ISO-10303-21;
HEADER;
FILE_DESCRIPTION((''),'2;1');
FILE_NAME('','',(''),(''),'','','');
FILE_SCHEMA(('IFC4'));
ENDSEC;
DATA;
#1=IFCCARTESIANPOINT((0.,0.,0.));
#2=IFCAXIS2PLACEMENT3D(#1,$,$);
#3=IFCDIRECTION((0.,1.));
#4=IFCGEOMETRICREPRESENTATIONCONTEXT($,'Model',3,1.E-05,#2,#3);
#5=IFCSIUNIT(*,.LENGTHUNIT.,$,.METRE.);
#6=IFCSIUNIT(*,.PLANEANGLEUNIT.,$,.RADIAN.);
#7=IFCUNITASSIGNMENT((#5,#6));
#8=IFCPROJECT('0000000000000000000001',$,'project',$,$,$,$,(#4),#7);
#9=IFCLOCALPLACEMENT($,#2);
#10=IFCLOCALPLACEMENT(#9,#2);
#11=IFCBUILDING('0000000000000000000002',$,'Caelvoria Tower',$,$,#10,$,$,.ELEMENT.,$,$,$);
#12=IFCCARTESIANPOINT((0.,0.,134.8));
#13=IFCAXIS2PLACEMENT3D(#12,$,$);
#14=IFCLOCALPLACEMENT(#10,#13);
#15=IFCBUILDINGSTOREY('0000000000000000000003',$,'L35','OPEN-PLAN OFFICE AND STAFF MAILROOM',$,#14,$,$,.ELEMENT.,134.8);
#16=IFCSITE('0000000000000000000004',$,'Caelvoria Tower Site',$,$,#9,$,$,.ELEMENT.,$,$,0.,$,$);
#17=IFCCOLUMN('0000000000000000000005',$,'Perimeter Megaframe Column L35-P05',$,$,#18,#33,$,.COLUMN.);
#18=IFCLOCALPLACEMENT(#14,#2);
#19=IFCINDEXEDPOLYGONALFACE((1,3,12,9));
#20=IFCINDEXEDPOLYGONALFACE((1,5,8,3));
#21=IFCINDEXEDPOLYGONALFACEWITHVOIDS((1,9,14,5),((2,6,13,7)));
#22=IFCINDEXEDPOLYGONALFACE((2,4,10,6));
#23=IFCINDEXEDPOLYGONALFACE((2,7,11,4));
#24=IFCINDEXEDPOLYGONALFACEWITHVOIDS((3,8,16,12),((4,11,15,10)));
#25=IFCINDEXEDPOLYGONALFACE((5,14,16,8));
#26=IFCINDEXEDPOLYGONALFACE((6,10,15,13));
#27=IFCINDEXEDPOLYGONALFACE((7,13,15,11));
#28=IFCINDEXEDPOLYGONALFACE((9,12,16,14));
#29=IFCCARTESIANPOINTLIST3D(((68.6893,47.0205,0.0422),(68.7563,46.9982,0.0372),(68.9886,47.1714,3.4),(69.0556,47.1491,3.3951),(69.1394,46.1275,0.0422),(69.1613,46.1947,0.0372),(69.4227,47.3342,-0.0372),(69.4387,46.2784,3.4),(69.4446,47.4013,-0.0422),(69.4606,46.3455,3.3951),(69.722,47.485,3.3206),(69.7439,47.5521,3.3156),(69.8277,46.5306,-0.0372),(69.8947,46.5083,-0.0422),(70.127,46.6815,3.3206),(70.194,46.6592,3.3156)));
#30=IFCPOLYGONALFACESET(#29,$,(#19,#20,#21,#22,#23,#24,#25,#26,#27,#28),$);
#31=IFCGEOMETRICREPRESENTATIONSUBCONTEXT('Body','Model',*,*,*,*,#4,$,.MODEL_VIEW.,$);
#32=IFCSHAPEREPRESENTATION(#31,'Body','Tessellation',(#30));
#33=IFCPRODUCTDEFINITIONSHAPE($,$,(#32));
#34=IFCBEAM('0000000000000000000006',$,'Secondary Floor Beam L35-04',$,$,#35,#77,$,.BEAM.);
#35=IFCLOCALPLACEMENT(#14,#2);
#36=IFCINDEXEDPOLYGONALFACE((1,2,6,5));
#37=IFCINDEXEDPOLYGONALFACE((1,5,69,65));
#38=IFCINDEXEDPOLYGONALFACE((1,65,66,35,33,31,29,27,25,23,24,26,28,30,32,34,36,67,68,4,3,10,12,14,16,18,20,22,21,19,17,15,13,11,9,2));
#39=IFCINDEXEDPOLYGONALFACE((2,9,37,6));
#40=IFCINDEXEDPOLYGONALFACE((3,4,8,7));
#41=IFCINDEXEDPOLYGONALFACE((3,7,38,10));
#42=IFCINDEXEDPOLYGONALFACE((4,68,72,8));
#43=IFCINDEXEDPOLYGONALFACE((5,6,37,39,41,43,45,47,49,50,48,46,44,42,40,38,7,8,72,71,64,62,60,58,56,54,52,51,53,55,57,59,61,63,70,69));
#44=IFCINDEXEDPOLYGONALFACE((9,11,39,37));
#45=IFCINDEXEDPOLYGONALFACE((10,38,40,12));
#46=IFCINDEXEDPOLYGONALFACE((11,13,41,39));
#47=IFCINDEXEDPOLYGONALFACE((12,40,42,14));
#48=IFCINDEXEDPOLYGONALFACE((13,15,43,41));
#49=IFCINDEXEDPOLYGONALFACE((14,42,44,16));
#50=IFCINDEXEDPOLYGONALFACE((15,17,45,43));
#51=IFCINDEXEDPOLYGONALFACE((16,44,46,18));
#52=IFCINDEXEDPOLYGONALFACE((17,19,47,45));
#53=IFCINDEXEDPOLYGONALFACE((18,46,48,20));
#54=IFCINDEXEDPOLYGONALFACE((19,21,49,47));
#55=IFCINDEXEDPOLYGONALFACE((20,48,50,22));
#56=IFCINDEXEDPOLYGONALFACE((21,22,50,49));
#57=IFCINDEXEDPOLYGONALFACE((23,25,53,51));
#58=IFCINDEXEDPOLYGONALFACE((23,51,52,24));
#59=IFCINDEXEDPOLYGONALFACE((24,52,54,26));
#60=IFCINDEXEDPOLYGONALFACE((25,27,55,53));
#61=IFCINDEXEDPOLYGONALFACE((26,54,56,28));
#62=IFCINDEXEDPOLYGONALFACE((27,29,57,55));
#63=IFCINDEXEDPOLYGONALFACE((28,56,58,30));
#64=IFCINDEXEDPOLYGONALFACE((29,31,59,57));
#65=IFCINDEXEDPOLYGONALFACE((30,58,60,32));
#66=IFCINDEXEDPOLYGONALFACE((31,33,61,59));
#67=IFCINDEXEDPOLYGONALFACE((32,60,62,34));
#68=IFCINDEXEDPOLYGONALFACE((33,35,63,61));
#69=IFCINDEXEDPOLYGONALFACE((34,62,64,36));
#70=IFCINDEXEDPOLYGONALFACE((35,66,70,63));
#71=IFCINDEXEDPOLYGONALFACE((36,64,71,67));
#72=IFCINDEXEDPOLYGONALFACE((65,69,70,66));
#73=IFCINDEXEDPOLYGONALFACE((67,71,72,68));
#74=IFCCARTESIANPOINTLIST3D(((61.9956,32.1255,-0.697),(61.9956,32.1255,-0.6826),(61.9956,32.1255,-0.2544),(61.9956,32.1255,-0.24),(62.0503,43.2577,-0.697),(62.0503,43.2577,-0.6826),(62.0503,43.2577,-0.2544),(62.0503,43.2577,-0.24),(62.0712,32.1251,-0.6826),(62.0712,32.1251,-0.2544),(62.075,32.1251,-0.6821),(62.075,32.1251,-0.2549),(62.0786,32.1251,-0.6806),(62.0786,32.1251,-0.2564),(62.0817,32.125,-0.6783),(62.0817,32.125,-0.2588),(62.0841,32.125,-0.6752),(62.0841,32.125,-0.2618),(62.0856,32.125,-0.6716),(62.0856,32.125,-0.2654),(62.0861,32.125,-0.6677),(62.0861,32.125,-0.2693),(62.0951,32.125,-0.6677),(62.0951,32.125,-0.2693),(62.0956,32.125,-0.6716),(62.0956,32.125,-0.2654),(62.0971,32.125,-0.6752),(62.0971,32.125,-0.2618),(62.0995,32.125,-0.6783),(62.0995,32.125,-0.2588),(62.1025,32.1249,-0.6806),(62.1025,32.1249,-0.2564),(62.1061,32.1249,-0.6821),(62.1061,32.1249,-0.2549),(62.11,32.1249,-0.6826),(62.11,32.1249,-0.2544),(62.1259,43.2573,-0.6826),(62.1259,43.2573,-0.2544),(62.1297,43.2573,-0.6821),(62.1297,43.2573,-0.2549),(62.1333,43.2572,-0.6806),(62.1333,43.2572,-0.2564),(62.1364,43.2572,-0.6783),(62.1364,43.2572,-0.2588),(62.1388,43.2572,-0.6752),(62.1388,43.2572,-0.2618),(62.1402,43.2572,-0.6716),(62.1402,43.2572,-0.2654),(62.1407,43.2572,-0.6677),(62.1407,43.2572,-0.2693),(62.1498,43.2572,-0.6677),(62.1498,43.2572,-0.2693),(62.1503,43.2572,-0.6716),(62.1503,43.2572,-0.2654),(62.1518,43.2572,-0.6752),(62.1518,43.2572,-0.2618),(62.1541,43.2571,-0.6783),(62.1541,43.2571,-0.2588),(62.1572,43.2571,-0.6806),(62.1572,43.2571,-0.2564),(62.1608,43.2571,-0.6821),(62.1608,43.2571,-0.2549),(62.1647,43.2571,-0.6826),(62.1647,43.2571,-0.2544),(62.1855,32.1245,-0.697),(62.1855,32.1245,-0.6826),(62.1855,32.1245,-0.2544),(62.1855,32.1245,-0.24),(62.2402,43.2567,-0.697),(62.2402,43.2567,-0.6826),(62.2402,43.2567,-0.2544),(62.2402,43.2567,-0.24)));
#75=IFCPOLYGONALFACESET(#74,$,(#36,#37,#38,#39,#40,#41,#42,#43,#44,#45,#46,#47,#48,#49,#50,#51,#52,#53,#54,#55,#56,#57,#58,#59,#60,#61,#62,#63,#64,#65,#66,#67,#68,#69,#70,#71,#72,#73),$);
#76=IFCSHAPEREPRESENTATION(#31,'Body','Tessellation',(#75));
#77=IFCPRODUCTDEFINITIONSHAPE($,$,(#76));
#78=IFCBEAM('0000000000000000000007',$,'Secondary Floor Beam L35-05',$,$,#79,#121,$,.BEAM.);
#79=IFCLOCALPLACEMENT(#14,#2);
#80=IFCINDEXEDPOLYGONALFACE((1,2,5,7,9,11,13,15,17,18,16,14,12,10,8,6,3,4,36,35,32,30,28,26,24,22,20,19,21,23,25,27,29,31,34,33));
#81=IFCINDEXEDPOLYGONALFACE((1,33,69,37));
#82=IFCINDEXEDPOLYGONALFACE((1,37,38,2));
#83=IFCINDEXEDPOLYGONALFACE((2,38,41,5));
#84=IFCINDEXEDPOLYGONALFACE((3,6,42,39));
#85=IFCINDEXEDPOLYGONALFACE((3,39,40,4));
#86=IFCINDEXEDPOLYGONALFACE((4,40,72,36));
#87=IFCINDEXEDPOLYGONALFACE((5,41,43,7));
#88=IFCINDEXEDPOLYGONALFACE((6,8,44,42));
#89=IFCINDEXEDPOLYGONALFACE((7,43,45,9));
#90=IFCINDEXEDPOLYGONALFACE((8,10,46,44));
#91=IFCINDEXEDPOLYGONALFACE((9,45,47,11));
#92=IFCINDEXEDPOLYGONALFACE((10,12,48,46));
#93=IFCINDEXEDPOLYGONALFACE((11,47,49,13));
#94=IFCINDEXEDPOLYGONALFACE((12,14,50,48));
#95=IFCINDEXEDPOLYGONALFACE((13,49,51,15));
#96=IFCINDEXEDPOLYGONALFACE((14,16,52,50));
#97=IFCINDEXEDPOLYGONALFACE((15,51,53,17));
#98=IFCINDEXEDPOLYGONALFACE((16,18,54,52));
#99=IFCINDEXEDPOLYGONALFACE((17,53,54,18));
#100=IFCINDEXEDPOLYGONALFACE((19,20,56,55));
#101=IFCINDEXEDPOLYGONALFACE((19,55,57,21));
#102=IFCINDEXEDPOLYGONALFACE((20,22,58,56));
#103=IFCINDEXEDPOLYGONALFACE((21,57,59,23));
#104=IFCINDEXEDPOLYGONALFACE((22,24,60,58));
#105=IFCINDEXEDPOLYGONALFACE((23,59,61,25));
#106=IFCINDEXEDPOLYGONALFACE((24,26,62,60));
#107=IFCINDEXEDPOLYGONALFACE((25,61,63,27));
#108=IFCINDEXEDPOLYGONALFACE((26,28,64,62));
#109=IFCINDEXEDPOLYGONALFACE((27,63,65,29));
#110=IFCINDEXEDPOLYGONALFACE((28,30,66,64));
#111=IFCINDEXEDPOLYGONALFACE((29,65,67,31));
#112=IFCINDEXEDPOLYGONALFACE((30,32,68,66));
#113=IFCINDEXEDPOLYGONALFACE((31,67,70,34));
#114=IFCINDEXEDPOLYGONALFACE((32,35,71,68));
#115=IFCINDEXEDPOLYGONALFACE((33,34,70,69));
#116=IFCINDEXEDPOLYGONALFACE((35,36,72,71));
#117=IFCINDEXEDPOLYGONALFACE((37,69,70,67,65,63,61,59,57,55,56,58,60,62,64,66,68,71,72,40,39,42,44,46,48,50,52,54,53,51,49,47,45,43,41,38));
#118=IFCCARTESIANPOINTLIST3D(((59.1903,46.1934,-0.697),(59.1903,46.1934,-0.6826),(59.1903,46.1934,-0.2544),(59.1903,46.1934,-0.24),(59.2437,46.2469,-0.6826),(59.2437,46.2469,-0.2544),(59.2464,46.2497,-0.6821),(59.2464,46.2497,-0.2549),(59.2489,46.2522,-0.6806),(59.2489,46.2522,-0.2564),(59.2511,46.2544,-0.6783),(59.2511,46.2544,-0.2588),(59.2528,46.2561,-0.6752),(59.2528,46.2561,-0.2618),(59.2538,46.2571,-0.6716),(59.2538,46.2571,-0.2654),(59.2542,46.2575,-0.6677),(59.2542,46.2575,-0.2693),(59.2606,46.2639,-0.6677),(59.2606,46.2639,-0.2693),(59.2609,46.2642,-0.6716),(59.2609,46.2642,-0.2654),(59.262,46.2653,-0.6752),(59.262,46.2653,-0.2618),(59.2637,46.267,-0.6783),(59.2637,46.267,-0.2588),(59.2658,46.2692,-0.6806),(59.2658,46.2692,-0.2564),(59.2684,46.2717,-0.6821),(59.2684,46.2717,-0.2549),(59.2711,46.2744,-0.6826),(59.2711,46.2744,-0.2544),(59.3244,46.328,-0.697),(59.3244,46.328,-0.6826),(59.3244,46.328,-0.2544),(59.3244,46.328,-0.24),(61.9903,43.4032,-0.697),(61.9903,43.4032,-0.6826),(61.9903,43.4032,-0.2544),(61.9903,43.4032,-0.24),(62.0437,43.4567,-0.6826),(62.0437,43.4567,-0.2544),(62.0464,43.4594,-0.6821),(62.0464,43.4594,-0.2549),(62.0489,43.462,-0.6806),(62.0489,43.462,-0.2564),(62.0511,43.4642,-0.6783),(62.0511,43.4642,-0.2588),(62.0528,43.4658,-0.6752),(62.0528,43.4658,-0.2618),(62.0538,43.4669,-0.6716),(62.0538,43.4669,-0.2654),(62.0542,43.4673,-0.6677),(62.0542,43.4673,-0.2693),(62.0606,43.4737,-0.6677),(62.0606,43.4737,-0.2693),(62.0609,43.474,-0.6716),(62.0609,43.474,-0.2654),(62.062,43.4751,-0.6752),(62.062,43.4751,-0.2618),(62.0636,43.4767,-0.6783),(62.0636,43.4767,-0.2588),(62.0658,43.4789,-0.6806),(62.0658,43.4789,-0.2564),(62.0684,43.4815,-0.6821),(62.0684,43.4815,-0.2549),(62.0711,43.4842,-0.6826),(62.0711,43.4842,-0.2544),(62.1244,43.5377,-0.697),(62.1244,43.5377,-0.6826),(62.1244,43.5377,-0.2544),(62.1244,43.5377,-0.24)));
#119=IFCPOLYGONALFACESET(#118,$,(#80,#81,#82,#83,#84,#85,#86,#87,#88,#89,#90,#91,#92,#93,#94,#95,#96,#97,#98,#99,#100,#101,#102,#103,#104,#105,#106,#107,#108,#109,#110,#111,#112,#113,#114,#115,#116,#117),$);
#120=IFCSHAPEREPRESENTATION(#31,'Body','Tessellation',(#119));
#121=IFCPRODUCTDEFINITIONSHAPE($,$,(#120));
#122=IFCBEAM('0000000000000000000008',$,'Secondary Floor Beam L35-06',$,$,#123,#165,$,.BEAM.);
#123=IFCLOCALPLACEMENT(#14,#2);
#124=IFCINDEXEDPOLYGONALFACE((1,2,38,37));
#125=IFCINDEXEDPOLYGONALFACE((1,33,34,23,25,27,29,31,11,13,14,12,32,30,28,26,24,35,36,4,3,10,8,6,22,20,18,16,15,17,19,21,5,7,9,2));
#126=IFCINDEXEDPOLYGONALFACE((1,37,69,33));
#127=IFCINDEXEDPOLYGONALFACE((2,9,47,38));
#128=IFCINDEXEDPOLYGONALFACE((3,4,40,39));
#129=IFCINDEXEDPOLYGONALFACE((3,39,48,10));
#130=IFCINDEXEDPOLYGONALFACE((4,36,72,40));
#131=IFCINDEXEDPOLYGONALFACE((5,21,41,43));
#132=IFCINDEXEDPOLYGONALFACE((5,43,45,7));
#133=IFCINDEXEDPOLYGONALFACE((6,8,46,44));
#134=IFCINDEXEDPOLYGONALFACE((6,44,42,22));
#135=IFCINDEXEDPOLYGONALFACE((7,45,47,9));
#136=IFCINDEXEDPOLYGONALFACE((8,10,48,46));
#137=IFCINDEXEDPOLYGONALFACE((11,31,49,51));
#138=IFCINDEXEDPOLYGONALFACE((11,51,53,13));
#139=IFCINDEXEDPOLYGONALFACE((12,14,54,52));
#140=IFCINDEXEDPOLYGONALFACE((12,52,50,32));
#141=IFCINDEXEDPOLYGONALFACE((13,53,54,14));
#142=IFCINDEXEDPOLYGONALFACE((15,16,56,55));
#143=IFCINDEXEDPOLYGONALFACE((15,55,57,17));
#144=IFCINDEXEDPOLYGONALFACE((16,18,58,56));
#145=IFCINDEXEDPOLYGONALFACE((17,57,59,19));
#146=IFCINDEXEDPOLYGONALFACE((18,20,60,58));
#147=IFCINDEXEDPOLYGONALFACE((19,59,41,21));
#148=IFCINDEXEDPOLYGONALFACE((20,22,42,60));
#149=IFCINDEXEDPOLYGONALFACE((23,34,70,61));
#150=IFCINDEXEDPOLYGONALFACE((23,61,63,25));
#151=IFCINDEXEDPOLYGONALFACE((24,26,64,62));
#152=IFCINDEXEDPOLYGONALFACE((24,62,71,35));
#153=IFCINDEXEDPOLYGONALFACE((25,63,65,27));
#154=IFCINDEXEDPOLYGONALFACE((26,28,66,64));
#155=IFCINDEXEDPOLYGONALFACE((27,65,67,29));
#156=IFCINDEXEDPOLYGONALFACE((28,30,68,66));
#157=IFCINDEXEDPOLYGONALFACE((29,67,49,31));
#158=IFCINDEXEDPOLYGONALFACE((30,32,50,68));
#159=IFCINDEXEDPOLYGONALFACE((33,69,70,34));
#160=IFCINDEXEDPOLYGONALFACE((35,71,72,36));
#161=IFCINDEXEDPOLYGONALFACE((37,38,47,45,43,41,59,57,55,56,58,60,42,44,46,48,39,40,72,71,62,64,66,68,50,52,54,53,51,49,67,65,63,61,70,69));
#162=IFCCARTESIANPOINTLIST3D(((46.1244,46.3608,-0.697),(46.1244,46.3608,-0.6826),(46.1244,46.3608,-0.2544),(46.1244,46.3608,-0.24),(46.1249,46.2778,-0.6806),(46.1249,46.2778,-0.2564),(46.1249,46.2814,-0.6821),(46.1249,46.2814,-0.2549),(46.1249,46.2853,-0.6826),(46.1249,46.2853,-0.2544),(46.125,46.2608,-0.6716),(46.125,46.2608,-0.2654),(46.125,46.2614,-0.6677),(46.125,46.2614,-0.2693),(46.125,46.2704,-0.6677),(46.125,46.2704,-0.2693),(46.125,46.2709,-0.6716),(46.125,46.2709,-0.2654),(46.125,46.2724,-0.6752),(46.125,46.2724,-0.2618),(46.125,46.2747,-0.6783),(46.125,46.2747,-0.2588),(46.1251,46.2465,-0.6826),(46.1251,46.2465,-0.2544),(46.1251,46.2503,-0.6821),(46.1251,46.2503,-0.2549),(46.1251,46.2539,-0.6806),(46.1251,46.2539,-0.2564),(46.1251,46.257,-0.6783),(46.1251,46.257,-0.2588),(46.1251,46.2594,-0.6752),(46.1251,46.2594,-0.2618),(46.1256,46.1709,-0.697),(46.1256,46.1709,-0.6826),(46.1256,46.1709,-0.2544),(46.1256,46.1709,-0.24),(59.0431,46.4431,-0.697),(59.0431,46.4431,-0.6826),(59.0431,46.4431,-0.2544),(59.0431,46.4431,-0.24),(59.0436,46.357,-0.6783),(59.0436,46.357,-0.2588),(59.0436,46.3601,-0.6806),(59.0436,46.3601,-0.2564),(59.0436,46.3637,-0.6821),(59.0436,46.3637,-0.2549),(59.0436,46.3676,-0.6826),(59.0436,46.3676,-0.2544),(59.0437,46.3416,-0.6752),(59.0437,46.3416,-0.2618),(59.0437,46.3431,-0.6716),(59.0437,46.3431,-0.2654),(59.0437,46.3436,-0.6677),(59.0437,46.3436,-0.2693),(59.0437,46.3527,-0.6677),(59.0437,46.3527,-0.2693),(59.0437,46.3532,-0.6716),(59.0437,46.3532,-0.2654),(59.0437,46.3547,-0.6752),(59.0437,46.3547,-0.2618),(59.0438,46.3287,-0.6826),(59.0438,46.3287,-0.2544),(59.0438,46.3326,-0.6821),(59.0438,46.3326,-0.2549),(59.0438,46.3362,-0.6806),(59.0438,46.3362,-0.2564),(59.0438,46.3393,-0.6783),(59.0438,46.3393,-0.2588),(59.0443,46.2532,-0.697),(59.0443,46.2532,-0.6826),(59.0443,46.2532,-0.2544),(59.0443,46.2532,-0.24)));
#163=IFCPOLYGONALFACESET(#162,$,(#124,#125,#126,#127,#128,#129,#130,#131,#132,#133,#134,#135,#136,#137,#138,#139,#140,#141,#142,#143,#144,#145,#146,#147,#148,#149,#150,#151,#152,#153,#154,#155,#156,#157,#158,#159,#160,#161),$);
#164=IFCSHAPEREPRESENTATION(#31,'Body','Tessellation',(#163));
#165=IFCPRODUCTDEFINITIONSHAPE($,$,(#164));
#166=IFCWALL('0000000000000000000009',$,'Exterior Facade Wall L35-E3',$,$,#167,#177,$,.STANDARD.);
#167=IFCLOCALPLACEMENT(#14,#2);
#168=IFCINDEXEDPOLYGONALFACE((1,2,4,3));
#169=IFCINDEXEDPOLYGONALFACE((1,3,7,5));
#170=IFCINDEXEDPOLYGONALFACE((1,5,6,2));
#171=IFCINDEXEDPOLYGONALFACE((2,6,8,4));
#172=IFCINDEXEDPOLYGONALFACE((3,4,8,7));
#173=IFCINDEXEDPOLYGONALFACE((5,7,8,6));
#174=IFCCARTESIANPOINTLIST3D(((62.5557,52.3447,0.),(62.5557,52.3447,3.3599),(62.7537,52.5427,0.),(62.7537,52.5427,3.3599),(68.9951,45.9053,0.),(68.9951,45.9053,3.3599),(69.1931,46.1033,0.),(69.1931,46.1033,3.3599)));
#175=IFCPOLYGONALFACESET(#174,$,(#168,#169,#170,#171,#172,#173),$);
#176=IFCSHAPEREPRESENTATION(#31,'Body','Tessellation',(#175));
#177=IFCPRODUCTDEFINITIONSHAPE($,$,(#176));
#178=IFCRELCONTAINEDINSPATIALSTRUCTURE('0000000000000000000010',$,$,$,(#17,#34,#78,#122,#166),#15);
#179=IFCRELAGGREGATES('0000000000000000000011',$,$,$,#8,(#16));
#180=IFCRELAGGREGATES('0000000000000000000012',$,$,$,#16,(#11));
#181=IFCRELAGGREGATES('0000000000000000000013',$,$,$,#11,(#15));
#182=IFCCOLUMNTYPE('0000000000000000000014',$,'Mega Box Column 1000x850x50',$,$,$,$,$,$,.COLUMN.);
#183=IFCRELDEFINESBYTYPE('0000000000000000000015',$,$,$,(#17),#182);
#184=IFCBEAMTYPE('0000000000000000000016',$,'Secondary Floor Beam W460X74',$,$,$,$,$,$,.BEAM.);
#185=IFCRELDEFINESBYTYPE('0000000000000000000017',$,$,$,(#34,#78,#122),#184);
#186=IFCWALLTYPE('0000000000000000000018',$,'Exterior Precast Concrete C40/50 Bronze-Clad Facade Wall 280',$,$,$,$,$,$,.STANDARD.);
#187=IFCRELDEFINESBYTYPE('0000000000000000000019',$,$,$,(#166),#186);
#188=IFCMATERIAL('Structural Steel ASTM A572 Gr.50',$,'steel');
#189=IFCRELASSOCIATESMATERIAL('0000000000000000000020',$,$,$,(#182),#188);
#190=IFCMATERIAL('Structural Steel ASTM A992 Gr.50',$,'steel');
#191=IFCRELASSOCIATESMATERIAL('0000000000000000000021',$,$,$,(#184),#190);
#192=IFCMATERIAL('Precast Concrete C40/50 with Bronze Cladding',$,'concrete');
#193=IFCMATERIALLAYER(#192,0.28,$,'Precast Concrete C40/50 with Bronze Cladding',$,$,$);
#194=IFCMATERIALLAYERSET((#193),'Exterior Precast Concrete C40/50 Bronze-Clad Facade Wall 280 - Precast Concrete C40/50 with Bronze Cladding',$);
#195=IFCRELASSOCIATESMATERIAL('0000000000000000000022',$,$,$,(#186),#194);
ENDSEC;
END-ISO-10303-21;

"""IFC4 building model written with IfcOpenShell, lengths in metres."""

from ifc_helpers import new_model, si_unit, direction, frame, frame_2d, origin, origin_2d, place, context, subcontext, project, spatial, rectangle, hollow_rectangle, i_section, extrude, material, layer, layer_set, material_profile, profile_set, type_object, element, save


model = new_model("IFC4")

# Units and contexts
model_context = context("Model", 3, precision=1e-05, world=origin(), true_north=direction((0.0, 1.0)))
body_context = subcontext(model_context, "Body", "Model", "MODEL_VIEW")
ifc_project = project(units=[si_unit("LENGTHUNIT", "METRE"), si_unit("PLANEANGLEUNIT", "RADIAN")], contexts=[model_context])

# Site, building, storey
site_placement = place(None, origin())
site = spatial("IfcSite", under=ifc_project, at=site_placement, Name="Caelvoria Tower Site", CompositionType="ELEMENT", RefElevation=0.0)
building_placement = place(site_placement, origin())
building = spatial("IfcBuilding", under=site, at=building_placement, Name="Caelvoria Tower", CompositionType="ELEMENT")
storey_placement = place(building_placement, frame((0.0, 0.0, 134.8)))
storey = spatial("IfcBuildingStorey", under=building, at=storey_placement, Name="L35", Description="OPEN-PLAN OFFICE AND STAFF MAILROOM", CompositionType="ELEMENT", Elevation=134.8)

# Column
ifc_material_1 = material(Name="Structural Steel ASTM A572 Gr.50", Category="steel")
ifc_material_profile_1 = material_profile(ifc_material_1, hollow_rectangle(XDim=0.8501, YDim=1.0, WallThickness=0.05, at=origin_2d()), Name="Structural Steel ASTM A572 Gr.50")
ifc_profile_set_1 = profile_set([ifc_material_profile_1], Name="BOX1000X850X50 - Structural Steel ASTM A572 Gr.50")
column_type = type_object("IfcColumnType", Name="Mega Box Column 1000x850x50", PredefinedType="COLUMN", material=ifc_profile_set_1)
column_placement = place(storey_placement, frame((69.292, 46.7644, 0.0), z_axis=(0.088697, 0.04471, 0.995055), x_axis=(-0.88855, -0.447899, 0.099328)))
element("IfcColumn", 1, at=column_placement, inside=storey, type_object=column_type, Name="Perimeter Megaframe Column L35-P05", PredefinedType="COLUMN", context=body_context, shape_type="SweptSolid", body=[
    extrude(hollow_rectangle(XDim=0.8501, YDim=1.0, WallThickness=0.05, at=origin_2d()), origin(), (0.0, 0.0, 1.0), 3.3745),
])

# Beams
ifc_material_2 = material(Name="Structural Steel ASTM A992 Gr.50", Category="steel")
ifc_material_profile_2 = material_profile(ifc_material_2, i_section(OverallWidth=0.1899, OverallDepth=0.457, WebThickness=0.009, FlangeThickness=0.0144, FilletRadius=0.0149, at=origin_2d()), Name="Structural Steel ASTM A992 Gr.50")
ifc_profile_set_2 = profile_set([ifc_material_profile_2], Name="W460X74 - Structural Steel ASTM A992 Gr.50")
beam_type = type_object("IfcBeamType", Name="Secondary Floor Beam W460X74", PredefinedType="BEAM", material=ifc_profile_set_2)
beam_1_placement = place(storey_placement, frame((62.0906, 32.125, -0.4685), z_axis=(0.004913, 0.999988, 0.0), x_axis=(-0.999988, 0.004913, 0.0)))
element("IfcBeam", 2, at=beam_1_placement, inside=storey, type_object=beam_type, Name="Secondary Floor Beam L35-04", PredefinedType="BEAM", context=body_context, shape_type="SweptSolid", body=[
    extrude(i_section(OverallWidth=0.1899, OverallDepth=0.457, WebThickness=0.009, FlangeThickness=0.0144, FilletRadius=0.0149, at=origin_2d()), origin(), (0.0, 0.0, 1.0), 11.1323),
])
beam_2_placement = place(storey_placement, frame((62.0574, 43.4705, -0.4685), z_axis=(-0.708341, 0.70587, 0.0), x_axis=(-0.70587, -0.708341, 0.0)))
element("IfcBeam", 3, at=beam_2_placement, inside=storey, type_object=beam_type, Name="Secondary Floor Beam L35-05", PredefinedType="BEAM", context=body_context, shape_type="SweptSolid", body=[
    extrude(i_section(OverallWidth=0.1899, OverallDepth=0.457, WebThickness=0.009, FlangeThickness=0.0144, FilletRadius=0.0149, at=origin_2d()), origin(), (0.0, 0.0, 1.0), 3.9529),
])
beam_3_placement = place(storey_placement, frame((59.0437, 46.3481, -0.4685), z_axis=(-0.99998, -0.006369, 0.0), x_axis=(0.006369, -0.99998, 0.0)))
element("IfcBeam", 4, at=beam_3_placement, inside=storey, type_object=beam_type, Name="Secondary Floor Beam L35-06", PredefinedType="BEAM", context=body_context, shape_type="SweptSolid", body=[
    extrude(i_section(OverallWidth=0.1899, OverallDepth=0.457, WebThickness=0.009, FlangeThickness=0.0144, FilletRadius=0.0149, at=origin_2d()), origin(), (0.0, 0.0, 1.0), 12.9189),
])

# Wall
ifc_material_3 = material(Name="Precast Concrete C40/50 with Bronze Cladding", Category="concrete")
ifc_layer_1 = layer(ifc_material_3, 0.28, Name="Precast Concrete C40/50 with Bronze Cladding")
ifc_layer_set_1 = layer_set([ifc_layer_1], Name="Exterior Precast Concrete C40/50 Bronze-Clad Facade Wall 280 - Precast Concrete C40/50 with Bronze Cladding")
wall_type_1 = type_object("IfcWallType", Name="Exterior Precast Concrete C40/50 Bronze-Clad Facade Wall 280", PredefinedType="STANDARD", material=ifc_layer_set_1)
wall_1_placement = place(storey_placement, frame((69.094, 46.0044, 0.0), z_axis=(0.0, 0.0, 1.0), x_axis=(-0.707107, 0.707107, 0.0)))
element("IfcWall", 5, at=wall_1_placement, inside=storey, type_object=wall_type_1, Name="Exterior Facade Wall L35-E3", PredefinedType="STANDARD", context=body_context, shape_type="SweptSolid", body=[
    extrude(rectangle(XDim=9.1067, YDim=0.28, at=frame_2d((4.5532, 0.0))), origin(), (0.0, 0.0, 1.0), 3.3599),
])

save(model, "model.ifc")
